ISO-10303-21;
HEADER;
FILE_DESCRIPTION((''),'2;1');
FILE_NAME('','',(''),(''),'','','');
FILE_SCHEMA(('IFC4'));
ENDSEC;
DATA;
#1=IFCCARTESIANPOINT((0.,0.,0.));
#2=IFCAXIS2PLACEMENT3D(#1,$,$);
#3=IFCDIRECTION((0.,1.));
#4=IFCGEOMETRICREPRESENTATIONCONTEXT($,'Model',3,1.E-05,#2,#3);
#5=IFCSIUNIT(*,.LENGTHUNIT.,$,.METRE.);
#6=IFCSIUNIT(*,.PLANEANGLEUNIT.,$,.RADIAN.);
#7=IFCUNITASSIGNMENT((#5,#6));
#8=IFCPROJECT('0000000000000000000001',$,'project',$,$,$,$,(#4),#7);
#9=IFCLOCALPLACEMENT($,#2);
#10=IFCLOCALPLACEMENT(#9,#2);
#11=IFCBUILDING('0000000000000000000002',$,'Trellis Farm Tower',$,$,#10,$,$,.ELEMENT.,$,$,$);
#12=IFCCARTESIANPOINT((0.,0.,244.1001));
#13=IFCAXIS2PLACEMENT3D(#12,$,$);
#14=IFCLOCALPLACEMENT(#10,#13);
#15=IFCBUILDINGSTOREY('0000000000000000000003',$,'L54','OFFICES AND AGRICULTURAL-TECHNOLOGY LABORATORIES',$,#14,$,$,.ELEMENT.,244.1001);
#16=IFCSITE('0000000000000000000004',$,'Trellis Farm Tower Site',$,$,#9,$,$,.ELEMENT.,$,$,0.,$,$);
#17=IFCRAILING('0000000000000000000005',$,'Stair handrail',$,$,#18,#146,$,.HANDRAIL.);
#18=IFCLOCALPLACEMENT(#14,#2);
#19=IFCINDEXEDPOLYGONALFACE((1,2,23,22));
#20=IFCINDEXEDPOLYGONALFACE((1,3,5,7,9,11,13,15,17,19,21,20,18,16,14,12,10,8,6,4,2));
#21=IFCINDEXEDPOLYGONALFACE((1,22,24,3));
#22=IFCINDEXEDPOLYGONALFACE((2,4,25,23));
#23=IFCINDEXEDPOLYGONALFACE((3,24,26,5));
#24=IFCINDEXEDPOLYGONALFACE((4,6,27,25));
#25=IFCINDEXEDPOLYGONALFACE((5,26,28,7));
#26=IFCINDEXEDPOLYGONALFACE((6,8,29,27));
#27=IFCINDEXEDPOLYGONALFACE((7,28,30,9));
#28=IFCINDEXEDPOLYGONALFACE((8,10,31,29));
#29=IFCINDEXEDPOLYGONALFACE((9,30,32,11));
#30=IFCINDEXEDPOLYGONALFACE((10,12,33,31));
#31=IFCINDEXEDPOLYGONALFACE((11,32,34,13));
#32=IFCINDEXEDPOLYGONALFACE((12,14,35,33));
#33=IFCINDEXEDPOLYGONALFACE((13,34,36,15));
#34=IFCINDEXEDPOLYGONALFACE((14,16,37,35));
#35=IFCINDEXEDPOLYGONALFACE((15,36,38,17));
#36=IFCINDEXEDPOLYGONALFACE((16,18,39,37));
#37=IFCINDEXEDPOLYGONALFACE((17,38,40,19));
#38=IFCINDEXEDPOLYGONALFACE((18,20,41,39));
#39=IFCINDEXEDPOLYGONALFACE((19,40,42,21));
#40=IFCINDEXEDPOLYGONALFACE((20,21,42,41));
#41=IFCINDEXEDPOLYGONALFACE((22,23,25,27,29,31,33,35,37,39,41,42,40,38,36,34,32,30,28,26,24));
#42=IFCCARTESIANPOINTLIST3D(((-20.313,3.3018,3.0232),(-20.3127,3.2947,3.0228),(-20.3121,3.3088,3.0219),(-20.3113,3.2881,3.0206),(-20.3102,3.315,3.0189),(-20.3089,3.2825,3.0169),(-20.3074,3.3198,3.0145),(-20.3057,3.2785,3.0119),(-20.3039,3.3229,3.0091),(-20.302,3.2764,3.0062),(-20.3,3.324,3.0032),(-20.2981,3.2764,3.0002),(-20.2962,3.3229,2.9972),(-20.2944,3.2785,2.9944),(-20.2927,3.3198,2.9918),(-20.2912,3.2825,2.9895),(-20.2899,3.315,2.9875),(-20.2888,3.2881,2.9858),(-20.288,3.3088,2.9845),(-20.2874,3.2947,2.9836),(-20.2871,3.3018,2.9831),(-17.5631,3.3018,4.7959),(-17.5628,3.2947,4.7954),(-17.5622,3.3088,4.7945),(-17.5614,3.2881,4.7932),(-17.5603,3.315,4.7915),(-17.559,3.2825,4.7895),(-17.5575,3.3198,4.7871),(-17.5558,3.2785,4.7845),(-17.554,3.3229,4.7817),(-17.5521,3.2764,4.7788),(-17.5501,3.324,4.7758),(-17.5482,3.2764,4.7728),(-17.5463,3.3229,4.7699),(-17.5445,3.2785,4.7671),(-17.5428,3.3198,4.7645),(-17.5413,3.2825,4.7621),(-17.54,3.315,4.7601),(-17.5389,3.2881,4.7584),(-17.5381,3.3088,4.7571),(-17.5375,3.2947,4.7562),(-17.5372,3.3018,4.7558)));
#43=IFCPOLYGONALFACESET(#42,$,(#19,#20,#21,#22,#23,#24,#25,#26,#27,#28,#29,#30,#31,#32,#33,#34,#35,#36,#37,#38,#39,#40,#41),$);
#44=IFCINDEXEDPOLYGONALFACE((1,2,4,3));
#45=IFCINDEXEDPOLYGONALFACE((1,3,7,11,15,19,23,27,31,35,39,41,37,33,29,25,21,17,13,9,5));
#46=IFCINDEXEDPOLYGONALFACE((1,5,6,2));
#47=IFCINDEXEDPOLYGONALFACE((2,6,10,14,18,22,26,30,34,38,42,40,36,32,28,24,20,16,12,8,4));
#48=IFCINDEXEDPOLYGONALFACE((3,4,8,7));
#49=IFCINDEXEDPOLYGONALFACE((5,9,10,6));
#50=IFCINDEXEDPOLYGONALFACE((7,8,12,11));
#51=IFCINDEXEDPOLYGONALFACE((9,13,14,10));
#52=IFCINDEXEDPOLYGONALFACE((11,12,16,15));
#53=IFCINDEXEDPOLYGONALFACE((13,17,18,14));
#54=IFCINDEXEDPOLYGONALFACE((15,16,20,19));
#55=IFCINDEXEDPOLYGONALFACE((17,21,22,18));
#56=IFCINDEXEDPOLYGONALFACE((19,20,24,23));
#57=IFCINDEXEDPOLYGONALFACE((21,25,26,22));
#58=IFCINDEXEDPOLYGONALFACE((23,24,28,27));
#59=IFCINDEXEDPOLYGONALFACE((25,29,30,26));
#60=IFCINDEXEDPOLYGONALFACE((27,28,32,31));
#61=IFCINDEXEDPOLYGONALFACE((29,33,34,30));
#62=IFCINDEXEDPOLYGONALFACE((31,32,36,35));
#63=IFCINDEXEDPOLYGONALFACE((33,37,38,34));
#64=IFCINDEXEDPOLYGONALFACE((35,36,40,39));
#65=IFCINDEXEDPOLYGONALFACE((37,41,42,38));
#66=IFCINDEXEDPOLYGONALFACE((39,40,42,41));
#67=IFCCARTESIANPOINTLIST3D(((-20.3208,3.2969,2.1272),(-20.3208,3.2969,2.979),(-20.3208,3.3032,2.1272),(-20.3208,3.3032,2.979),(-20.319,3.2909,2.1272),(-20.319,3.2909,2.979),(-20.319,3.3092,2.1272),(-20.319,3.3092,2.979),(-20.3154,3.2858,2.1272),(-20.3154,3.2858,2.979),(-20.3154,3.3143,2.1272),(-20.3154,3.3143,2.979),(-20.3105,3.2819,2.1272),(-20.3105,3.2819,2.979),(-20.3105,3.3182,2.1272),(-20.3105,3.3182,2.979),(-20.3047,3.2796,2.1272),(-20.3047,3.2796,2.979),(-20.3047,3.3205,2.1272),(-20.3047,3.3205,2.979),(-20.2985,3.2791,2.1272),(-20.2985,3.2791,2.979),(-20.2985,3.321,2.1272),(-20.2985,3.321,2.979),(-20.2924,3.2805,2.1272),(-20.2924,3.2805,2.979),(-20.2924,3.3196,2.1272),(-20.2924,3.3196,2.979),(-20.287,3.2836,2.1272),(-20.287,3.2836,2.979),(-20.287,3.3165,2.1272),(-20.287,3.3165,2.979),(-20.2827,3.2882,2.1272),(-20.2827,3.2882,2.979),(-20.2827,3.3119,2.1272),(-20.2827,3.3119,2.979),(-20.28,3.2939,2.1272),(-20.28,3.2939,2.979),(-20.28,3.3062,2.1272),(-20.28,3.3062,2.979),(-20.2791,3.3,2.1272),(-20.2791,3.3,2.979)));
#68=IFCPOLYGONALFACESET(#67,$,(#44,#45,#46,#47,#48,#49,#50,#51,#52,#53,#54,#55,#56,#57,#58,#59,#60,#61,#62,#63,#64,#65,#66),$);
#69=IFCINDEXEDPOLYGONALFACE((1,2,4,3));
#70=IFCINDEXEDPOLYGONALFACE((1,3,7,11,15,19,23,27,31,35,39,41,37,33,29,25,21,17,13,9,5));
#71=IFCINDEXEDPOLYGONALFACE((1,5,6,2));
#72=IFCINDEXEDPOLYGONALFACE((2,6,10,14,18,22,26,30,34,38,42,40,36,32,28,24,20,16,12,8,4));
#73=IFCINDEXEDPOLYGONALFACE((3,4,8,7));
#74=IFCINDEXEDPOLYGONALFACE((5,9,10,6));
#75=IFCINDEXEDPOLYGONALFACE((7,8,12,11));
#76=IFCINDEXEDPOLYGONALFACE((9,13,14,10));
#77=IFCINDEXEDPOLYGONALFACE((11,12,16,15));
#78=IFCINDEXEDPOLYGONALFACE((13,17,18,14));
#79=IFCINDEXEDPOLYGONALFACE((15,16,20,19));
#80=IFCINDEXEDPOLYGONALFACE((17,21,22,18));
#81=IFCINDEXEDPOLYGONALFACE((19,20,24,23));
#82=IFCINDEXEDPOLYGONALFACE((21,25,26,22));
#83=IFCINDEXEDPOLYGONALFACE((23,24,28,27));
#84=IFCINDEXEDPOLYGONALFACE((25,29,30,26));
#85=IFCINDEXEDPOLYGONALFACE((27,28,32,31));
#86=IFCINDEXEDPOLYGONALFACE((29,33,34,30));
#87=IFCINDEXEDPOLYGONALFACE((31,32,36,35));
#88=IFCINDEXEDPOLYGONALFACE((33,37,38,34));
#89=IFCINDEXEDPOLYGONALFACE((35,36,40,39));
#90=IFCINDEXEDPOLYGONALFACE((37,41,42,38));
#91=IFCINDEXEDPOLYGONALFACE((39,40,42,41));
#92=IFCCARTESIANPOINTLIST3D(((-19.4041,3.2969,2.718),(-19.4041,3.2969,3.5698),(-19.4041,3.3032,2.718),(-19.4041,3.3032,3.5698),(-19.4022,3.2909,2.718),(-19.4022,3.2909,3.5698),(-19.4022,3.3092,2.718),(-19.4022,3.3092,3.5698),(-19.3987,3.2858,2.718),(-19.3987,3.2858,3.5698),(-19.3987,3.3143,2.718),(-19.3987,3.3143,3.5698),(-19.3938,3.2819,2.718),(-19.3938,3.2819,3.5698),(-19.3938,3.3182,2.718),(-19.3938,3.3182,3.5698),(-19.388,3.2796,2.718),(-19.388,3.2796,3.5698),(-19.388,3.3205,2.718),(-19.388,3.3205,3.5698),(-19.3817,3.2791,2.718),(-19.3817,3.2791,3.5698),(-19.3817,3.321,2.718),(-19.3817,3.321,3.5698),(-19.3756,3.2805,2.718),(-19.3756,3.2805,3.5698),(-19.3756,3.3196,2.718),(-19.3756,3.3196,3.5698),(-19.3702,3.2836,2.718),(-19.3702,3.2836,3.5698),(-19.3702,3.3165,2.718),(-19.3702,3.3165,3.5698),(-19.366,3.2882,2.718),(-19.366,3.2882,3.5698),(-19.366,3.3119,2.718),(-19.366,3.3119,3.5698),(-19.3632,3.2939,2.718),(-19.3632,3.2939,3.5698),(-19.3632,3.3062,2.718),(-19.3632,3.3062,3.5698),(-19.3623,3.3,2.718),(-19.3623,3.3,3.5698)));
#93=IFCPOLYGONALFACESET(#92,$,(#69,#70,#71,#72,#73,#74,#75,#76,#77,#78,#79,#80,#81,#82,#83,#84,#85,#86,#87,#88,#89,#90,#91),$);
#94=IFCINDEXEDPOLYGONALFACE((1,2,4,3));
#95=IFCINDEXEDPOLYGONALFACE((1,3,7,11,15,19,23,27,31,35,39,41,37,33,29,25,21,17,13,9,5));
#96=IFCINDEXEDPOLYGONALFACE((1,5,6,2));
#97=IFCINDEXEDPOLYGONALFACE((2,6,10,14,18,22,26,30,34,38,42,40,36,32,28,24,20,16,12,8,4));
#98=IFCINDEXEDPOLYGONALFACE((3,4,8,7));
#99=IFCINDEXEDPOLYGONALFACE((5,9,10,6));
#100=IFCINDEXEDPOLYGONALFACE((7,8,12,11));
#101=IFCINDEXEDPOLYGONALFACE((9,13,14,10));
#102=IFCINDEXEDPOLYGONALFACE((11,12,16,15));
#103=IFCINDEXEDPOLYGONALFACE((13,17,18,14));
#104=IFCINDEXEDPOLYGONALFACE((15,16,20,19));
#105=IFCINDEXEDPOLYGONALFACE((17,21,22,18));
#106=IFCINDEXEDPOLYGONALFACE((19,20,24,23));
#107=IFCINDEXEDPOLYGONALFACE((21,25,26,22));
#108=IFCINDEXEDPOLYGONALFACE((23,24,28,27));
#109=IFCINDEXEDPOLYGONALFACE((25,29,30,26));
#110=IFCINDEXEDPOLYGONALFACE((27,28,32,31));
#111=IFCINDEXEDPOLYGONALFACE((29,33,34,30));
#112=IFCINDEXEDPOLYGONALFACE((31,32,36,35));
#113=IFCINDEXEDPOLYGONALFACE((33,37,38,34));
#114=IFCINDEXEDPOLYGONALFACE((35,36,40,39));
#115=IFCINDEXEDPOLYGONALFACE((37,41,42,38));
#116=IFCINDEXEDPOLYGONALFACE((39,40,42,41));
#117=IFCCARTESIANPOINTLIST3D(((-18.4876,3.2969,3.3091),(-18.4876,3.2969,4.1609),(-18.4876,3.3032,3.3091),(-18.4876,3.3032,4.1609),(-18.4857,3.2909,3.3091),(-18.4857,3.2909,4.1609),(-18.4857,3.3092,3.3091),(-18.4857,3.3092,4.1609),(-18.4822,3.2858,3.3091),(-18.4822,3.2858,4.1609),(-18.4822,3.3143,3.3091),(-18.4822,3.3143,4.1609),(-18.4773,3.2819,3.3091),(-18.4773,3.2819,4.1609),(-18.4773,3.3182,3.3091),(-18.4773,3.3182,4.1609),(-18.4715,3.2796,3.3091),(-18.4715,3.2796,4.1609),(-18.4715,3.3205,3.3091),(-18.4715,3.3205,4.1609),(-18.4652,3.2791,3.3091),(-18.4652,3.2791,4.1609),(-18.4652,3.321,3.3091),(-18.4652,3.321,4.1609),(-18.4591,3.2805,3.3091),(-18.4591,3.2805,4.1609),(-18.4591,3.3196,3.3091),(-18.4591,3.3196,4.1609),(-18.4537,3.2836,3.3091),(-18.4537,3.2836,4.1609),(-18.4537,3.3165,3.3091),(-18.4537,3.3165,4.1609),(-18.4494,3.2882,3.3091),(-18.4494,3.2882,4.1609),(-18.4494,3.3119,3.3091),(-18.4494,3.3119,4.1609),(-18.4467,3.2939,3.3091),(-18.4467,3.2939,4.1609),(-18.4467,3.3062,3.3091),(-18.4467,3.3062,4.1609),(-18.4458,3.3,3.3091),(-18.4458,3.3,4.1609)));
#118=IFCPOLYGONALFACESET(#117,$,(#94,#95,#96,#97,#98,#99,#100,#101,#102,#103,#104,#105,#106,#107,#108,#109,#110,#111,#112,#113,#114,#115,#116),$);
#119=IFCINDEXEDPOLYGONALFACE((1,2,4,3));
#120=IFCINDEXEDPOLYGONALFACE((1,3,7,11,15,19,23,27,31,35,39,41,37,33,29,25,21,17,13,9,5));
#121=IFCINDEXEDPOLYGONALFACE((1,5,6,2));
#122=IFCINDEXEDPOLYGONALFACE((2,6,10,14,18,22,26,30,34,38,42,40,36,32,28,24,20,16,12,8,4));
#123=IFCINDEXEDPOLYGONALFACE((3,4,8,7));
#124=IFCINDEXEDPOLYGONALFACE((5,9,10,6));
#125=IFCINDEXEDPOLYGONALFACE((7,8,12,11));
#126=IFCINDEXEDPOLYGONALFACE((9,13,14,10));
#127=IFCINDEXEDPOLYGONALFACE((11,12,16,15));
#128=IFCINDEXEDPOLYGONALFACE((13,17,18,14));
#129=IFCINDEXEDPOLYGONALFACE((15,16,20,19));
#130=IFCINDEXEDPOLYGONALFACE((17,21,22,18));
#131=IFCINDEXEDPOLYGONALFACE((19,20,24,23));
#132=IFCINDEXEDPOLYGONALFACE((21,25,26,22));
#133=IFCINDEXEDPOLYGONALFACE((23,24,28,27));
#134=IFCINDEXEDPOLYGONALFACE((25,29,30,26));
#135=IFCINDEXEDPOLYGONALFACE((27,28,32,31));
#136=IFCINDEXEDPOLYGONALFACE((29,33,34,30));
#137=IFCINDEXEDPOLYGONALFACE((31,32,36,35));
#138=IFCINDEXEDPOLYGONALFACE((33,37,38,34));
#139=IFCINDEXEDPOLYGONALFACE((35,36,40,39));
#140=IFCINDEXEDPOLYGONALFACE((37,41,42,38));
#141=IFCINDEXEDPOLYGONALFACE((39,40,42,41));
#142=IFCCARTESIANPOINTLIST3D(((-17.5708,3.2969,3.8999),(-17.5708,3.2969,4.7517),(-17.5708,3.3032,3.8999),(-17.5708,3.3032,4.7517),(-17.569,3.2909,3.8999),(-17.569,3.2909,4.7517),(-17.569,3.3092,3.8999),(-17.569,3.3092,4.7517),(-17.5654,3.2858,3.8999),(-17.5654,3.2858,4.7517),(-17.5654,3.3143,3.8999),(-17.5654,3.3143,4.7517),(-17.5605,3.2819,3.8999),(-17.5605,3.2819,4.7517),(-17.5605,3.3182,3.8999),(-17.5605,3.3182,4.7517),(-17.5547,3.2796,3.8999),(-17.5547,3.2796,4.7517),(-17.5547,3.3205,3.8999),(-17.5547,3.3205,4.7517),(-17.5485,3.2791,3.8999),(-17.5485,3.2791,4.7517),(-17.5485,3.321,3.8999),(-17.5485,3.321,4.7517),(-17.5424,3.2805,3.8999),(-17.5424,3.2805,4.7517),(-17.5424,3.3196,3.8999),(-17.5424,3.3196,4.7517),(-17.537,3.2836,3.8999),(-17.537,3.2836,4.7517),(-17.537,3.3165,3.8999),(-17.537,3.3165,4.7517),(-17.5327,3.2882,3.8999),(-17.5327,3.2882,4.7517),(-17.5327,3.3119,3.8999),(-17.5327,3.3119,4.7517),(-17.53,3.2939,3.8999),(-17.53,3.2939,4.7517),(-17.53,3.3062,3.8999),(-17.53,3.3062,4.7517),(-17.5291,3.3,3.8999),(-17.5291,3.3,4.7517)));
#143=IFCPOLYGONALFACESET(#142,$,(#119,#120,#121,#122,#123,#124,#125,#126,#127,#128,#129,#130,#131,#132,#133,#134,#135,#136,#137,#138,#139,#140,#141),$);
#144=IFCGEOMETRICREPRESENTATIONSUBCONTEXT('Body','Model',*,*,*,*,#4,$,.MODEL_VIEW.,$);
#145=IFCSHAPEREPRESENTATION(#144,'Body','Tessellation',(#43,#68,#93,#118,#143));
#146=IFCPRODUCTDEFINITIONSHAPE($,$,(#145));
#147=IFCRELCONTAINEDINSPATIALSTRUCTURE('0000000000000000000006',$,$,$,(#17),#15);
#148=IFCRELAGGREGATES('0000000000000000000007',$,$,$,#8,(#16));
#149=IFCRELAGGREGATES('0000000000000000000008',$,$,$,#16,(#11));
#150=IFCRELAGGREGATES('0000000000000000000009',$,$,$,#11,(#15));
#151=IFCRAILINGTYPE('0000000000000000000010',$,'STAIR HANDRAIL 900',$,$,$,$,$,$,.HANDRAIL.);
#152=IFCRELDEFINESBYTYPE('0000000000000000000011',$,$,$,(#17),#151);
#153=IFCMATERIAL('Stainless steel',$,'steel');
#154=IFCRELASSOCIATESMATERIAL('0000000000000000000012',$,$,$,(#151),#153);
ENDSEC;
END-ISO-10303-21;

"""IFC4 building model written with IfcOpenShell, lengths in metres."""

from ifc_helpers import new_model, si_unit, direction, frame, origin, origin_2d, place, context, subcontext, project, spatial, circle, extrude, source, transform, mapped, material, type_object, element, save


model = new_model("IFC4")

# Units and contexts
model_context = context("Model", 3, precision=1e-05, world=origin(), true_north=direction((0.0, 1.0)))
body_context = subcontext(model_context, "Body", "Model", "MODEL_VIEW")
ifc_project = project(units=[si_unit("LENGTHUNIT", "METRE"), si_unit("PLANEANGLEUNIT", "RADIAN")], contexts=[model_context])

# Site, building, storey
site_placement = place(None, origin())
site = spatial("IfcSite", under=ifc_project, at=site_placement, Name="Trellis Farm Tower Site", CompositionType="ELEMENT", RefElevation=0.0)
building_placement = place(site_placement, origin())
building = spatial("IfcBuilding", under=site, at=building_placement, Name="Trellis Farm Tower", CompositionType="ELEMENT")
storey_placement = place(building_placement, frame((0.0, 0.0, 244.1001)))
storey = spatial("IfcBuildingStorey", under=building, at=storey_placement, Name="L54", Description="OFFICES AND AGRICULTURAL-TECHNOLOGY LABORATORIES", CompositionType="ELEMENT", Elevation=244.1001)

# Railing
ifc_material_1 = material(Name="Stainless steel", Category="steel")
railing_type = type_object("IfcRailingType", Name="STAIR HANDRAIL 900", PredefinedType="HANDRAIL", material=ifc_material_1)
shared_shape_1 = source(origin(), body_context, "Body", "SweptSolid", [
    extrude(circle(Radius=0.0239, at=origin_2d()), frame((0.0, 0.0, 0.876), z_axis=(0.840504, 0.0, 0.541806), x_axis=(0.0, 1.0, 0.0)), (0.0, 0.0, 1.0), 3.2717),
    extrude(circle(Radius=0.021, at=origin_2d()), origin(), (0.0, 0.0, 1.0), 0.8518),
    extrude(circle(Radius=0.021, at=origin_2d()), frame((0.9167, 0.0, 0.5908)), (0.0, 0.0, 1.0), 0.8518),
    extrude(circle(Radius=0.021, at=origin_2d()), frame((1.8333, 0.0, 1.1819)), (0.0, 0.0, 1.0), 0.8518),
    extrude(circle(Radius=0.021, at=origin_2d()), frame((2.75, 0.0, 1.7727)), (0.0, 0.0, 1.0), 0.8518),
])
for number, where, name in (
    (1, (-20.3, 3.3, 2.1272), "Stair handrail"),
):
    element("IfcRailing", number, at=place(storey_placement, frame(where)), inside=storey, type_object=railing_type, Name=name, PredefinedType="HANDRAIL", context=body_context, shape_type="MappedRepresentation", body=[
        mapped(shared_shape_1, transform((0.0, 0.0, 0.0))),
    ])

save(model, "model.ifc")
